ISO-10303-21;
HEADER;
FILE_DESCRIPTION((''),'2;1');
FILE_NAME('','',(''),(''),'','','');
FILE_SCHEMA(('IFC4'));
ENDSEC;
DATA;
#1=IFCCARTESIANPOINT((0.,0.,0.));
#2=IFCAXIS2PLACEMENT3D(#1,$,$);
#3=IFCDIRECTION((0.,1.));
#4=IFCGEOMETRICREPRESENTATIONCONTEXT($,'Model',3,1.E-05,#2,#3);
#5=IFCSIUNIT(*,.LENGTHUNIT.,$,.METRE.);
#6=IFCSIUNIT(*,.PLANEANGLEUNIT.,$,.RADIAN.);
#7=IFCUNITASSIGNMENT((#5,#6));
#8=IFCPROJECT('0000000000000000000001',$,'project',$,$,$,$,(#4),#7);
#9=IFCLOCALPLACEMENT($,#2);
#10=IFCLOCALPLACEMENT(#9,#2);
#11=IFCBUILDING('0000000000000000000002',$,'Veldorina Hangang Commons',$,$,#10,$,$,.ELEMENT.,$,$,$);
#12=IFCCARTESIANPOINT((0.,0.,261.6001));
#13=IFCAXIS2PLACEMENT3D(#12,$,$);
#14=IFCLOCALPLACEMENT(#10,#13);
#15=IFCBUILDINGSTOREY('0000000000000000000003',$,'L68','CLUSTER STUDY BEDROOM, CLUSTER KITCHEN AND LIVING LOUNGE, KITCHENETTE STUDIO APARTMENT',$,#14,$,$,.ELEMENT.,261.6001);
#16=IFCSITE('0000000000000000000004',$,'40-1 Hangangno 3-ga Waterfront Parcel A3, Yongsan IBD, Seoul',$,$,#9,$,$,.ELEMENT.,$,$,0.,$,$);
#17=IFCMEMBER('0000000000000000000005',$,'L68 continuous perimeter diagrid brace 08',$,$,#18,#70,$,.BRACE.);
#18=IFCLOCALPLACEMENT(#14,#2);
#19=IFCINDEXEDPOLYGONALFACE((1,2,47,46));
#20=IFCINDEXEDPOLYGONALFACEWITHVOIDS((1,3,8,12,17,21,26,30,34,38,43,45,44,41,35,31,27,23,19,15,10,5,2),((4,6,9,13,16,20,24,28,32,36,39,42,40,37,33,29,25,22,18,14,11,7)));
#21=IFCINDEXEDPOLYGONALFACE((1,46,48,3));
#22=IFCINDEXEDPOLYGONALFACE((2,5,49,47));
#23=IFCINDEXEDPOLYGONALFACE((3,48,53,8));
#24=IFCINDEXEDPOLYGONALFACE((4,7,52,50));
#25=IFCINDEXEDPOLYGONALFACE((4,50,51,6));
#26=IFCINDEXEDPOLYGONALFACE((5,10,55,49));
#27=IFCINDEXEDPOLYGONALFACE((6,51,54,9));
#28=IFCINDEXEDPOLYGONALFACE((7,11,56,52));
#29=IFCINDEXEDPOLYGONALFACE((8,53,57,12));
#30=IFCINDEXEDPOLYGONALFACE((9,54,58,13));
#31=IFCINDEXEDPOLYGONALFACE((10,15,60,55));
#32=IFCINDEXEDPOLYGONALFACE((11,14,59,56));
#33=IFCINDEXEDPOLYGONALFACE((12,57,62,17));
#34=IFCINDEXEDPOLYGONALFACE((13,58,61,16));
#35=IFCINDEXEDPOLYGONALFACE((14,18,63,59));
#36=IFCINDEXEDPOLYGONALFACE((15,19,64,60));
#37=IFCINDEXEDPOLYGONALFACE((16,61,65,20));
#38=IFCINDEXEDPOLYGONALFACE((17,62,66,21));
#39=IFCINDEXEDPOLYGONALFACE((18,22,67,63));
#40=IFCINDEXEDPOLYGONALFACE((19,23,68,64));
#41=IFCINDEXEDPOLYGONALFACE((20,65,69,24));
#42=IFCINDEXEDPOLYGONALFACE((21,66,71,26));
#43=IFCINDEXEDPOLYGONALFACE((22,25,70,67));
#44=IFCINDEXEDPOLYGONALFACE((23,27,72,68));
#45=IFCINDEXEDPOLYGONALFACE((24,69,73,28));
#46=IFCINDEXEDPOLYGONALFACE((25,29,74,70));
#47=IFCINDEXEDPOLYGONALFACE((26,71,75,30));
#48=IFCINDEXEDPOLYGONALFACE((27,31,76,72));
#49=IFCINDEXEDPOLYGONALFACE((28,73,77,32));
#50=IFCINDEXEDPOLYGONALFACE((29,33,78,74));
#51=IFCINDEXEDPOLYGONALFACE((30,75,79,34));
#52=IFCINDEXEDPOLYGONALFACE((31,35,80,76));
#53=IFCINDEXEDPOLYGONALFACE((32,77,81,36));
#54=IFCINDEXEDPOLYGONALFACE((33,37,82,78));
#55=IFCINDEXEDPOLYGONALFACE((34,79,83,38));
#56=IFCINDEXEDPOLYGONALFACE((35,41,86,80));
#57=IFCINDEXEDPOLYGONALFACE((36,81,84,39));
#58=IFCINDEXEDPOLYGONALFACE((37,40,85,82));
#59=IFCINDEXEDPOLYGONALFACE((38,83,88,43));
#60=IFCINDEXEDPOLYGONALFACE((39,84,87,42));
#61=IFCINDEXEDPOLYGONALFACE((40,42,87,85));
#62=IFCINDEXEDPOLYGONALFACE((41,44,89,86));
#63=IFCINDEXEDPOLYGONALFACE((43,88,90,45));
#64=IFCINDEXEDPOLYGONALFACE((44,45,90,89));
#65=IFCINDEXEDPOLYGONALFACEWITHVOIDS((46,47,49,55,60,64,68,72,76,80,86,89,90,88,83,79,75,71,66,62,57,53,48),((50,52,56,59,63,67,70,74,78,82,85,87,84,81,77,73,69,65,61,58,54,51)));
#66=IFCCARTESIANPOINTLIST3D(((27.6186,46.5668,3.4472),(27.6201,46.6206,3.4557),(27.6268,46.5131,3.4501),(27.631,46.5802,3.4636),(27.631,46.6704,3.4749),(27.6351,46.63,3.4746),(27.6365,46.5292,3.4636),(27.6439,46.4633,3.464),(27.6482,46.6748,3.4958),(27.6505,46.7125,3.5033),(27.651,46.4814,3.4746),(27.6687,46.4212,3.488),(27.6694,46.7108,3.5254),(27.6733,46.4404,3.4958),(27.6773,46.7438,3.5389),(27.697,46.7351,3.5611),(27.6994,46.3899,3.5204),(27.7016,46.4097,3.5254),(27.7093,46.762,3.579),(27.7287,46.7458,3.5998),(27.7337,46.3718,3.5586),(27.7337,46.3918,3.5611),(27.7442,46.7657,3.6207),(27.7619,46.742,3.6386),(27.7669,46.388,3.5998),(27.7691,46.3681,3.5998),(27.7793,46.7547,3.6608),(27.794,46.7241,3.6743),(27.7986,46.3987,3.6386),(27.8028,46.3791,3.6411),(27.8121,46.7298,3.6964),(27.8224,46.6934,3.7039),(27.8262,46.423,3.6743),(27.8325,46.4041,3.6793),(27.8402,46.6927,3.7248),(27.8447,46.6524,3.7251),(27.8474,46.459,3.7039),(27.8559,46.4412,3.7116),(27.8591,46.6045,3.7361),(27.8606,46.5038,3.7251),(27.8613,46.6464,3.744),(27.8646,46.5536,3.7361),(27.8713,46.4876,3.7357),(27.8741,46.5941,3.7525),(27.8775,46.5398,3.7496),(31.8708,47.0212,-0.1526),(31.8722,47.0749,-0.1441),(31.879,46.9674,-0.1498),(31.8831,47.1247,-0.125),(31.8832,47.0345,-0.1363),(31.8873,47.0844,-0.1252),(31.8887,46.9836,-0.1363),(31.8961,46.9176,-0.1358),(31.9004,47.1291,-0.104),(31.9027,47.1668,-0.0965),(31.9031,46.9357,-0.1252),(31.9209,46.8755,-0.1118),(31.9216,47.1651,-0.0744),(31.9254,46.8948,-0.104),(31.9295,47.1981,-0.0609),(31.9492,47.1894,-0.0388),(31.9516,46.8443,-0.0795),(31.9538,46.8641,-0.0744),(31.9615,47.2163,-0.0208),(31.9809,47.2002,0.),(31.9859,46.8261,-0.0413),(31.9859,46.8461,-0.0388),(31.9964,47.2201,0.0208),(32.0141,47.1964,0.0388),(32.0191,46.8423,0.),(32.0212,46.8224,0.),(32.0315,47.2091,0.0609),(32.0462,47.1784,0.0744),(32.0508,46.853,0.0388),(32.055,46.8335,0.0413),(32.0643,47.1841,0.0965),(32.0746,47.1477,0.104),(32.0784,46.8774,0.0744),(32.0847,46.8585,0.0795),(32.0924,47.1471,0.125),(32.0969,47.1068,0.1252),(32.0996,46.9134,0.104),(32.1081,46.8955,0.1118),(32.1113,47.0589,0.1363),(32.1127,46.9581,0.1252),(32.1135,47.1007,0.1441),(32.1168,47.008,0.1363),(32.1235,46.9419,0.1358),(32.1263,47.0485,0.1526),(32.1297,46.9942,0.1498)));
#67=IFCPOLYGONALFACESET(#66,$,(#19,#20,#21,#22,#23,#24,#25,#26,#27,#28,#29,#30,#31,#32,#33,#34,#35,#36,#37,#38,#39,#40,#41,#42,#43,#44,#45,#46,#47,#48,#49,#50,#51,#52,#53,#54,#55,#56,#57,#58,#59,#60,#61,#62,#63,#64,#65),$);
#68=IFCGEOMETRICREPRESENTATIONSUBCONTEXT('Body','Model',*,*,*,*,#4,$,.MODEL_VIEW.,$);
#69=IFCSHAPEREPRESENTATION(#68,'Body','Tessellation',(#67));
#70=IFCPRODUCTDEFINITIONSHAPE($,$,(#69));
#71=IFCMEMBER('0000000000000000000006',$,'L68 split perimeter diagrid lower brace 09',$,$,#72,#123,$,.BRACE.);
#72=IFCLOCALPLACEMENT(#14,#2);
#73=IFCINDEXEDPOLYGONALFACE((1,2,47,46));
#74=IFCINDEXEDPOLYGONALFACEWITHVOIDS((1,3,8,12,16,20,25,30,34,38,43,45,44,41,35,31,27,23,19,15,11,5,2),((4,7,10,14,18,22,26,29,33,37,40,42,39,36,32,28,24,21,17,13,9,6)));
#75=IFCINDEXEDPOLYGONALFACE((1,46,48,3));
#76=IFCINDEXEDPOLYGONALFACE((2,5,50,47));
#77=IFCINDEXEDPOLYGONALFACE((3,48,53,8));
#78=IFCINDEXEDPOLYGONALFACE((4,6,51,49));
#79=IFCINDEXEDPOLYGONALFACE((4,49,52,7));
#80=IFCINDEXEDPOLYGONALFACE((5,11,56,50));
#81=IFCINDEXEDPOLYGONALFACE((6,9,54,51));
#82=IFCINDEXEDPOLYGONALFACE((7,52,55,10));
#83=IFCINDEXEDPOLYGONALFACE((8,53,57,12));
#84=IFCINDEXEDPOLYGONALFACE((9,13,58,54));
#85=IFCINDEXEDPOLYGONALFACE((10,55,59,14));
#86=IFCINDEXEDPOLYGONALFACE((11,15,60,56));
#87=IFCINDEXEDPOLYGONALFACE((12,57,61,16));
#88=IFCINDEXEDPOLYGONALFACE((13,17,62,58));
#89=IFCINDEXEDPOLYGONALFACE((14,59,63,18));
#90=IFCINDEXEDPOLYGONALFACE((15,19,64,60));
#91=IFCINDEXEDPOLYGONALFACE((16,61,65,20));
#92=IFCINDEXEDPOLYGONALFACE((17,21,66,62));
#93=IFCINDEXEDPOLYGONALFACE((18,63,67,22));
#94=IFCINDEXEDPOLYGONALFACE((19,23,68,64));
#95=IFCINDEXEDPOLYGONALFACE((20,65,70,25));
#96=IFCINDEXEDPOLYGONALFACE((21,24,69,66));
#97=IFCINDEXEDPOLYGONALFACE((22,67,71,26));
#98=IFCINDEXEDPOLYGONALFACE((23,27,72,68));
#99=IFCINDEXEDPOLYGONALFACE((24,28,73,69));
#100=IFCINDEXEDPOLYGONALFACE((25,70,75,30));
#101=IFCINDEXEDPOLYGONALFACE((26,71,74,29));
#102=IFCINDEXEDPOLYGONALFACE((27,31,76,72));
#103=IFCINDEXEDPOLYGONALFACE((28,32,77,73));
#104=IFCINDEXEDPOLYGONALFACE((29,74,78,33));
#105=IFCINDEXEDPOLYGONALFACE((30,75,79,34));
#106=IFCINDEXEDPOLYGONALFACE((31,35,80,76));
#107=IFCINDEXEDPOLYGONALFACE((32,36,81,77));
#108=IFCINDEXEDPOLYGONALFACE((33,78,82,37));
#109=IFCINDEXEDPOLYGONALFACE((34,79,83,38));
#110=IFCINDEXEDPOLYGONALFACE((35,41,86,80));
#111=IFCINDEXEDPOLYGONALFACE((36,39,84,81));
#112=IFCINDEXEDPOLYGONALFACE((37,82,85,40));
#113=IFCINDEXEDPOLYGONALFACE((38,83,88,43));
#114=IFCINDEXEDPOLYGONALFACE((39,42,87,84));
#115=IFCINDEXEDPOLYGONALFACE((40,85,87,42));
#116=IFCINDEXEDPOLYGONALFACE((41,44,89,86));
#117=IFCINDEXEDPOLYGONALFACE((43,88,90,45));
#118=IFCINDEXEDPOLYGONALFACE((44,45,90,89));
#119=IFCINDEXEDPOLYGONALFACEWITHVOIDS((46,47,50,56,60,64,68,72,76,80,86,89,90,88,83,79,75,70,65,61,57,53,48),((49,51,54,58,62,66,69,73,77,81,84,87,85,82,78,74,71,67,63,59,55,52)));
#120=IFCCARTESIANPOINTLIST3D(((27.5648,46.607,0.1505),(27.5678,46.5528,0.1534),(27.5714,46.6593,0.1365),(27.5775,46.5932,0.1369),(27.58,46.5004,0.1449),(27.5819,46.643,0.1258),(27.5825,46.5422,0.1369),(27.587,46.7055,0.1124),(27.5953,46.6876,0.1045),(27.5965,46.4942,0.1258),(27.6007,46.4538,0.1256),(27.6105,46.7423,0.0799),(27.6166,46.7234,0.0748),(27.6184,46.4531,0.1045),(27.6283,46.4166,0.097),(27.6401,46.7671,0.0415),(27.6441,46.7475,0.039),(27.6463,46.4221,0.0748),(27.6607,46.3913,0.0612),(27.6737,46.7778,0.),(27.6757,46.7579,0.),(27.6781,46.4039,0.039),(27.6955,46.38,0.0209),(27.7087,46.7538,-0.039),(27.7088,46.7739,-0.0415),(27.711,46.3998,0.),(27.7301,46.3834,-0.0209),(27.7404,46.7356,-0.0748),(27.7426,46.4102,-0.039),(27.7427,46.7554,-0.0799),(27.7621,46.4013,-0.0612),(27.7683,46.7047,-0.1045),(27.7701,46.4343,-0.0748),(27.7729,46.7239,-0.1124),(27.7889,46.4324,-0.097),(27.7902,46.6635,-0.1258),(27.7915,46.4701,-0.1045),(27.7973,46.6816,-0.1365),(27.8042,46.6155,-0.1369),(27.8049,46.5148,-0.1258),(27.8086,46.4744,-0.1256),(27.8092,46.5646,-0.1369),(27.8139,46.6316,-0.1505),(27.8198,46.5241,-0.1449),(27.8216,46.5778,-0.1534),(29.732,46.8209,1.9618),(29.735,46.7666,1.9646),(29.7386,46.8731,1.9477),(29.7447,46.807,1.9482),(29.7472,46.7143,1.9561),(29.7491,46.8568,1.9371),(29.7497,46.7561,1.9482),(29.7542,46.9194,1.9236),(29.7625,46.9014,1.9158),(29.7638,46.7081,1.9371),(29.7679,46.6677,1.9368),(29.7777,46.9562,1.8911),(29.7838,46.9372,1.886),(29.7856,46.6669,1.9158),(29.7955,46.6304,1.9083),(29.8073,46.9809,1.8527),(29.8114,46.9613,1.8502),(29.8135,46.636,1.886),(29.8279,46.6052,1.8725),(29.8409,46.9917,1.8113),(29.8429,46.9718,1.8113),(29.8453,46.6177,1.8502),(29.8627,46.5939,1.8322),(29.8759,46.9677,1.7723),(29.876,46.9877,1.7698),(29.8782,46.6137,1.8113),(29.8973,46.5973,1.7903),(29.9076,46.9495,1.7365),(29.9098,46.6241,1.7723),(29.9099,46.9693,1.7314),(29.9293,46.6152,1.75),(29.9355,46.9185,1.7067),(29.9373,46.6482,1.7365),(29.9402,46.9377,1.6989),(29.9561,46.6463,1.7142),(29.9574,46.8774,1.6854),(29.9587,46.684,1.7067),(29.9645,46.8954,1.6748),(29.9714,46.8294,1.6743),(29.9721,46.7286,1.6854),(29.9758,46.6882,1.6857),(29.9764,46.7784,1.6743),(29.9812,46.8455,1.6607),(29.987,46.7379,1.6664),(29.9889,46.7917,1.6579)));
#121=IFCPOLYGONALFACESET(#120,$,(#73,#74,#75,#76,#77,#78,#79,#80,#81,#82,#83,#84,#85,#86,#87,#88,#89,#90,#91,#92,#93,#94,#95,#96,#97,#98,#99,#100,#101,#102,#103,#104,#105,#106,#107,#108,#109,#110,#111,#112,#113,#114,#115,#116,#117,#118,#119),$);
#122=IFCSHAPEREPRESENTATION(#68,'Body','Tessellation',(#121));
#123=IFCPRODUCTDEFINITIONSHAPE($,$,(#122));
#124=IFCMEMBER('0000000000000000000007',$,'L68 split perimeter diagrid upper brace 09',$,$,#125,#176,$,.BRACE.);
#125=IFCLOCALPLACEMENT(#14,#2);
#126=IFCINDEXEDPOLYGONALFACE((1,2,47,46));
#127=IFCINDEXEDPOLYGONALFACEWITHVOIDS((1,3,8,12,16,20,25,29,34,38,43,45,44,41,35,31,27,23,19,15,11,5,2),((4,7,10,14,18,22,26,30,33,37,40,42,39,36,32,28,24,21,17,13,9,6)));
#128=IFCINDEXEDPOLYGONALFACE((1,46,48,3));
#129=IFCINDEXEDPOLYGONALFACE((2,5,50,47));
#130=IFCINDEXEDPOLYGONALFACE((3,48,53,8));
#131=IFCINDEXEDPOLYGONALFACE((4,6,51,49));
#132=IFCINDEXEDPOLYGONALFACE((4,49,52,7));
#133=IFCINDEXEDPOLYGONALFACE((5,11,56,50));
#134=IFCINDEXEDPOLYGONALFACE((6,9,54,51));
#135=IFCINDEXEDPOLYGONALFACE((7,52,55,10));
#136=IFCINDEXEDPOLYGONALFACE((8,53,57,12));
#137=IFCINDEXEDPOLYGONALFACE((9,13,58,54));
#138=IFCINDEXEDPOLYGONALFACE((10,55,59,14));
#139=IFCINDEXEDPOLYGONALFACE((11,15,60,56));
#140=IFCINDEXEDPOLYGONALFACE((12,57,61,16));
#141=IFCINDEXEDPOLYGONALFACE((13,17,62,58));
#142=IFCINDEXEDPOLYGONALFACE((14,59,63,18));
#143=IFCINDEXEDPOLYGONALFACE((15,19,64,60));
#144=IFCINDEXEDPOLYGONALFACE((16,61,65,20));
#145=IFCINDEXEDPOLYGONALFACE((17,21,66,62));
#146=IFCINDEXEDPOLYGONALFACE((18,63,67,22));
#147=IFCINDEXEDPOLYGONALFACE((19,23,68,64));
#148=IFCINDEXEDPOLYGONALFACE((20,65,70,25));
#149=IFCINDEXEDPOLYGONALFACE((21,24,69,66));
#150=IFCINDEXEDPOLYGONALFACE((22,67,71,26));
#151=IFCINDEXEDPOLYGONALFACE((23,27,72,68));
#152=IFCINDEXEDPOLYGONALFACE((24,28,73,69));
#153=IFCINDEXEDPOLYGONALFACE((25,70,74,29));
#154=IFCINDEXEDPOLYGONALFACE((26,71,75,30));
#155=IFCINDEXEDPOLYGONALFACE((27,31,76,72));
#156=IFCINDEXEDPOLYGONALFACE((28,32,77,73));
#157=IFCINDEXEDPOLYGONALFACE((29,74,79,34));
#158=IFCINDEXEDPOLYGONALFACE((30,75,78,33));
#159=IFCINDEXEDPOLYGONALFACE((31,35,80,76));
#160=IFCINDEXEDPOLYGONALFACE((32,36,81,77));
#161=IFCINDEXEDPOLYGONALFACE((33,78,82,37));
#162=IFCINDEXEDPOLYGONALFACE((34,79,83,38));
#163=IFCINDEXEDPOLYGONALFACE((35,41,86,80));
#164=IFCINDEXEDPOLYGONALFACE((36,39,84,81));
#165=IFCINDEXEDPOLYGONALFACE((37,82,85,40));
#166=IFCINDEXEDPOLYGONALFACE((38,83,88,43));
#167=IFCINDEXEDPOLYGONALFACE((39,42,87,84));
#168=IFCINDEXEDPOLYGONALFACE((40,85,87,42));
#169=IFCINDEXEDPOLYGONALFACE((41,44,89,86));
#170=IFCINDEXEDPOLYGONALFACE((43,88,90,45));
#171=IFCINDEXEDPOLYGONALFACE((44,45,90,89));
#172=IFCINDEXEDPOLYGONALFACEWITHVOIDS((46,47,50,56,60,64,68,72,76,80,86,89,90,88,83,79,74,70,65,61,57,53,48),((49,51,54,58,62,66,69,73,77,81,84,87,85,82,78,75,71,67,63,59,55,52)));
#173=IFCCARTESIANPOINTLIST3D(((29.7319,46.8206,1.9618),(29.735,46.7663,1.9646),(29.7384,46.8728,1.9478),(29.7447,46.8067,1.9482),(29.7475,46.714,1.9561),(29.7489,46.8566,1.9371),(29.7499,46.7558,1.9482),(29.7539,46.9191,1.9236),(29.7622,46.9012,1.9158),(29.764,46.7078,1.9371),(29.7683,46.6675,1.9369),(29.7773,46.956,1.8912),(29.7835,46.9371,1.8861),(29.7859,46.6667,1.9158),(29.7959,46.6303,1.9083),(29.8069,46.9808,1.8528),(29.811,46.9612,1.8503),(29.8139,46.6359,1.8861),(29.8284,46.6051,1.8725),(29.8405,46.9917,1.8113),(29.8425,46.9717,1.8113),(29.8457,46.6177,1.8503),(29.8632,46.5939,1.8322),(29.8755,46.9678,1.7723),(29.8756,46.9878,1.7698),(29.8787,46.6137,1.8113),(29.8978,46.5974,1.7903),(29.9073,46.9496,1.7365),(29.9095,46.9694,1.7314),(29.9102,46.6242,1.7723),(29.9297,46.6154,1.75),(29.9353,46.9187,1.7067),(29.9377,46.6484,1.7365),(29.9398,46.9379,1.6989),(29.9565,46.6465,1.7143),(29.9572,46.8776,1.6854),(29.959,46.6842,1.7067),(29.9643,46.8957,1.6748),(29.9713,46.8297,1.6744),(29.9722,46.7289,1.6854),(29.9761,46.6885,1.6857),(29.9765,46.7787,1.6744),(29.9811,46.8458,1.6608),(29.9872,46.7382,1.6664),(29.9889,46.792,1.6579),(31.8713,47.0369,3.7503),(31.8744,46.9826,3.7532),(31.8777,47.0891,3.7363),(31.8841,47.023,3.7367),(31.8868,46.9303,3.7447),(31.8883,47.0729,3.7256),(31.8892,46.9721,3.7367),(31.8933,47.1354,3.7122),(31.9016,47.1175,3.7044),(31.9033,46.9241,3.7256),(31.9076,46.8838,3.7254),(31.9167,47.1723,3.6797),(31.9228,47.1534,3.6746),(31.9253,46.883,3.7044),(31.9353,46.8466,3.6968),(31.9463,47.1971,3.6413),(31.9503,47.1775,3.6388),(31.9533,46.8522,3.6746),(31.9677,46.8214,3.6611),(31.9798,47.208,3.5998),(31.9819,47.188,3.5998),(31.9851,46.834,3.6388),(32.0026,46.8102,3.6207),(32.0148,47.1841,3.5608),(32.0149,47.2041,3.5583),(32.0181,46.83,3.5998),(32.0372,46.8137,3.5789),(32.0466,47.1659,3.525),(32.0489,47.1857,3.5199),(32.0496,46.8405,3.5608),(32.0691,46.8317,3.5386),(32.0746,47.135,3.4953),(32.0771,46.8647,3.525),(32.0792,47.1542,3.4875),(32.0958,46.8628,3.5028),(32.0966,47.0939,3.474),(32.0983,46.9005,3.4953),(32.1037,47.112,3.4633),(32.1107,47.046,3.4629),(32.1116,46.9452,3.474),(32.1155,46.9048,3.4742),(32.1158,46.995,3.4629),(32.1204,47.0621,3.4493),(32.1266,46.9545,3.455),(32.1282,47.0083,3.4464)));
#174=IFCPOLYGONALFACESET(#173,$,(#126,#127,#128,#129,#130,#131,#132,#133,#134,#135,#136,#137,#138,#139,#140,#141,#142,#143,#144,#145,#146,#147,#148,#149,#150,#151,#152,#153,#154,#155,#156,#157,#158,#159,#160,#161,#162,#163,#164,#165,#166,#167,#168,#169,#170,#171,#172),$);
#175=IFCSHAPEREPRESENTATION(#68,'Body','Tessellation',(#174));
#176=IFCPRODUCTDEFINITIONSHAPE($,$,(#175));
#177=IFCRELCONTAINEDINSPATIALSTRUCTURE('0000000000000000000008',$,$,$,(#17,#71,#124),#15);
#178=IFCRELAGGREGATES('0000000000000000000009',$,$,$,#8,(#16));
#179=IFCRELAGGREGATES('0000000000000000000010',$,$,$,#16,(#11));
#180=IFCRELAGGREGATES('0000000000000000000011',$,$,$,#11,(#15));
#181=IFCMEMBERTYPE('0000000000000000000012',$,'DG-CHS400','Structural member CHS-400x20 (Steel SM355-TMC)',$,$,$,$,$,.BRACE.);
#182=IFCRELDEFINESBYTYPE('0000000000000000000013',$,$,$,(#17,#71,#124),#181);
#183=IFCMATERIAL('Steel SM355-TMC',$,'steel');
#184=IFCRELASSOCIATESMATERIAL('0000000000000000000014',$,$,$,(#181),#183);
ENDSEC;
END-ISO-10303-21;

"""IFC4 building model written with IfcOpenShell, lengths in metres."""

from ifc_helpers import new_model, si_unit, direction, frame, origin, origin_2d, place, context, subcontext, project, spatial, hollow_circle, extrude, material, material_profile, profile_set, type_object, element, save


model = new_model("IFC4")

# Units and contexts
model_context = context("Model", 3, precision=1e-05, world=origin(), true_north=direction((0.0, 1.0)))
body_context = subcontext(model_context, "Body", "Model", "MODEL_VIEW")
ifc_project = project(units=[si_unit("LENGTHUNIT", "METRE"), si_unit("PLANEANGLEUNIT", "RADIAN")], contexts=[model_context])

# Site, building, storey
site_placement = place(None, origin())
site = spatial("IfcSite", under=ifc_project, at=site_placement, Name="40-1 Hangangno 3-ga Waterfront Parcel A3, Yongsan IBD, Seoul", CompositionType="ELEMENT", RefElevation=0.0)
building_placement = place(site_placement, origin())
building = spatial("IfcBuilding", under=site, at=building_placement, Name="Veldorina Hangang Commons", CompositionType="ELEMENT")
storey_placement = place(building_placement, frame((0.0, 0.0, 261.6001)))
storey = spatial("IfcBuildingStorey", under=building, at=storey_placement, Name="L68", Description="CLUSTER STUDY BEDROOM, CLUSTER KITCHEN AND LIVING LOUNGE, KITCHENETTE STUDIO APARTMENT", CompositionType="ELEMENT", Elevation=261.6001)

# Shared definitions
ifc_material_1 = material(Name="Steel SM355-TMC", Category="steel")

# Members
ifc_material_profile_1 = material_profile(ifc_material_1, hollow_circle(Radius=0.2, WallThickness=0.02, at=origin_2d()), Name="CHS-400x20")
ifc_profile_set_1 = profile_set([ifc_material_profile_1], Name="Steel SM355-TMC")
member_type_1 = type_object("IfcMemberType", Name="DG-CHS400", Description="Structural member CHS-400x20 (Steel SM355-TMC)", PredefinedType="BRACE", material=ifc_profile_set_1)
member_1_placement = place(storey_placement, frame((32.0, 47.0212, 0.0), z_axis=(-0.760698, -0.08128, 0.643997), x_axis=(0.106245, -0.99434, 0.0)))
element("IfcMember", 1, at=member_1_placement, inside=storey, type_object=member_type_1, Name="L68 continuous perimeter diagrid brace 08", PredefinedType="BRACE", context=body_context, shape_type="SweptSolid", body=[
    extrude(hollow_circle(Radius=0.2, WallThickness=0.02, at=origin_2d()), origin(), (0.0, 0.0, 1.0), 5.5898),
])
member_2_placement = place(storey_placement, frame((27.6934, 46.5789, 0.0), z_axis=(0.765116, 0.075503, 0.63945), x_axis=(-0.098205, 0.995166, 0.0)))
element("IfcMember", 2, at=member_2_placement, inside=storey, type_object=member_type_1, Name="L68 split perimeter diagrid lower brace 09", PredefinedType="BRACE", context=body_context, shape_type="SweptSolid", body=[
    extrude(hollow_circle(Radius=0.2, WallThickness=0.02, at=origin_2d()), origin(), (0.0, 0.0, 1.0), 2.8325),
])
member_3_placement = place(storey_placement, frame((29.8606, 46.7927, 1.8113), z_axis=(0.764911, 0.077338, 0.639477), x_axis=(-0.100594, 0.994928, 0.0)))
element("IfcMember", 3, at=member_3_placement, inside=storey, type_object=member_type_1, Name="L68 split perimeter diagrid upper brace 09", PredefinedType="BRACE", context=body_context, shape_type="SweptSolid", body=[
    extrude(hollow_circle(Radius=0.2, WallThickness=0.02, at=origin_2d()), origin(), (0.0, 0.0, 1.0), 2.7969),
])

save(model, "model.ifc")
